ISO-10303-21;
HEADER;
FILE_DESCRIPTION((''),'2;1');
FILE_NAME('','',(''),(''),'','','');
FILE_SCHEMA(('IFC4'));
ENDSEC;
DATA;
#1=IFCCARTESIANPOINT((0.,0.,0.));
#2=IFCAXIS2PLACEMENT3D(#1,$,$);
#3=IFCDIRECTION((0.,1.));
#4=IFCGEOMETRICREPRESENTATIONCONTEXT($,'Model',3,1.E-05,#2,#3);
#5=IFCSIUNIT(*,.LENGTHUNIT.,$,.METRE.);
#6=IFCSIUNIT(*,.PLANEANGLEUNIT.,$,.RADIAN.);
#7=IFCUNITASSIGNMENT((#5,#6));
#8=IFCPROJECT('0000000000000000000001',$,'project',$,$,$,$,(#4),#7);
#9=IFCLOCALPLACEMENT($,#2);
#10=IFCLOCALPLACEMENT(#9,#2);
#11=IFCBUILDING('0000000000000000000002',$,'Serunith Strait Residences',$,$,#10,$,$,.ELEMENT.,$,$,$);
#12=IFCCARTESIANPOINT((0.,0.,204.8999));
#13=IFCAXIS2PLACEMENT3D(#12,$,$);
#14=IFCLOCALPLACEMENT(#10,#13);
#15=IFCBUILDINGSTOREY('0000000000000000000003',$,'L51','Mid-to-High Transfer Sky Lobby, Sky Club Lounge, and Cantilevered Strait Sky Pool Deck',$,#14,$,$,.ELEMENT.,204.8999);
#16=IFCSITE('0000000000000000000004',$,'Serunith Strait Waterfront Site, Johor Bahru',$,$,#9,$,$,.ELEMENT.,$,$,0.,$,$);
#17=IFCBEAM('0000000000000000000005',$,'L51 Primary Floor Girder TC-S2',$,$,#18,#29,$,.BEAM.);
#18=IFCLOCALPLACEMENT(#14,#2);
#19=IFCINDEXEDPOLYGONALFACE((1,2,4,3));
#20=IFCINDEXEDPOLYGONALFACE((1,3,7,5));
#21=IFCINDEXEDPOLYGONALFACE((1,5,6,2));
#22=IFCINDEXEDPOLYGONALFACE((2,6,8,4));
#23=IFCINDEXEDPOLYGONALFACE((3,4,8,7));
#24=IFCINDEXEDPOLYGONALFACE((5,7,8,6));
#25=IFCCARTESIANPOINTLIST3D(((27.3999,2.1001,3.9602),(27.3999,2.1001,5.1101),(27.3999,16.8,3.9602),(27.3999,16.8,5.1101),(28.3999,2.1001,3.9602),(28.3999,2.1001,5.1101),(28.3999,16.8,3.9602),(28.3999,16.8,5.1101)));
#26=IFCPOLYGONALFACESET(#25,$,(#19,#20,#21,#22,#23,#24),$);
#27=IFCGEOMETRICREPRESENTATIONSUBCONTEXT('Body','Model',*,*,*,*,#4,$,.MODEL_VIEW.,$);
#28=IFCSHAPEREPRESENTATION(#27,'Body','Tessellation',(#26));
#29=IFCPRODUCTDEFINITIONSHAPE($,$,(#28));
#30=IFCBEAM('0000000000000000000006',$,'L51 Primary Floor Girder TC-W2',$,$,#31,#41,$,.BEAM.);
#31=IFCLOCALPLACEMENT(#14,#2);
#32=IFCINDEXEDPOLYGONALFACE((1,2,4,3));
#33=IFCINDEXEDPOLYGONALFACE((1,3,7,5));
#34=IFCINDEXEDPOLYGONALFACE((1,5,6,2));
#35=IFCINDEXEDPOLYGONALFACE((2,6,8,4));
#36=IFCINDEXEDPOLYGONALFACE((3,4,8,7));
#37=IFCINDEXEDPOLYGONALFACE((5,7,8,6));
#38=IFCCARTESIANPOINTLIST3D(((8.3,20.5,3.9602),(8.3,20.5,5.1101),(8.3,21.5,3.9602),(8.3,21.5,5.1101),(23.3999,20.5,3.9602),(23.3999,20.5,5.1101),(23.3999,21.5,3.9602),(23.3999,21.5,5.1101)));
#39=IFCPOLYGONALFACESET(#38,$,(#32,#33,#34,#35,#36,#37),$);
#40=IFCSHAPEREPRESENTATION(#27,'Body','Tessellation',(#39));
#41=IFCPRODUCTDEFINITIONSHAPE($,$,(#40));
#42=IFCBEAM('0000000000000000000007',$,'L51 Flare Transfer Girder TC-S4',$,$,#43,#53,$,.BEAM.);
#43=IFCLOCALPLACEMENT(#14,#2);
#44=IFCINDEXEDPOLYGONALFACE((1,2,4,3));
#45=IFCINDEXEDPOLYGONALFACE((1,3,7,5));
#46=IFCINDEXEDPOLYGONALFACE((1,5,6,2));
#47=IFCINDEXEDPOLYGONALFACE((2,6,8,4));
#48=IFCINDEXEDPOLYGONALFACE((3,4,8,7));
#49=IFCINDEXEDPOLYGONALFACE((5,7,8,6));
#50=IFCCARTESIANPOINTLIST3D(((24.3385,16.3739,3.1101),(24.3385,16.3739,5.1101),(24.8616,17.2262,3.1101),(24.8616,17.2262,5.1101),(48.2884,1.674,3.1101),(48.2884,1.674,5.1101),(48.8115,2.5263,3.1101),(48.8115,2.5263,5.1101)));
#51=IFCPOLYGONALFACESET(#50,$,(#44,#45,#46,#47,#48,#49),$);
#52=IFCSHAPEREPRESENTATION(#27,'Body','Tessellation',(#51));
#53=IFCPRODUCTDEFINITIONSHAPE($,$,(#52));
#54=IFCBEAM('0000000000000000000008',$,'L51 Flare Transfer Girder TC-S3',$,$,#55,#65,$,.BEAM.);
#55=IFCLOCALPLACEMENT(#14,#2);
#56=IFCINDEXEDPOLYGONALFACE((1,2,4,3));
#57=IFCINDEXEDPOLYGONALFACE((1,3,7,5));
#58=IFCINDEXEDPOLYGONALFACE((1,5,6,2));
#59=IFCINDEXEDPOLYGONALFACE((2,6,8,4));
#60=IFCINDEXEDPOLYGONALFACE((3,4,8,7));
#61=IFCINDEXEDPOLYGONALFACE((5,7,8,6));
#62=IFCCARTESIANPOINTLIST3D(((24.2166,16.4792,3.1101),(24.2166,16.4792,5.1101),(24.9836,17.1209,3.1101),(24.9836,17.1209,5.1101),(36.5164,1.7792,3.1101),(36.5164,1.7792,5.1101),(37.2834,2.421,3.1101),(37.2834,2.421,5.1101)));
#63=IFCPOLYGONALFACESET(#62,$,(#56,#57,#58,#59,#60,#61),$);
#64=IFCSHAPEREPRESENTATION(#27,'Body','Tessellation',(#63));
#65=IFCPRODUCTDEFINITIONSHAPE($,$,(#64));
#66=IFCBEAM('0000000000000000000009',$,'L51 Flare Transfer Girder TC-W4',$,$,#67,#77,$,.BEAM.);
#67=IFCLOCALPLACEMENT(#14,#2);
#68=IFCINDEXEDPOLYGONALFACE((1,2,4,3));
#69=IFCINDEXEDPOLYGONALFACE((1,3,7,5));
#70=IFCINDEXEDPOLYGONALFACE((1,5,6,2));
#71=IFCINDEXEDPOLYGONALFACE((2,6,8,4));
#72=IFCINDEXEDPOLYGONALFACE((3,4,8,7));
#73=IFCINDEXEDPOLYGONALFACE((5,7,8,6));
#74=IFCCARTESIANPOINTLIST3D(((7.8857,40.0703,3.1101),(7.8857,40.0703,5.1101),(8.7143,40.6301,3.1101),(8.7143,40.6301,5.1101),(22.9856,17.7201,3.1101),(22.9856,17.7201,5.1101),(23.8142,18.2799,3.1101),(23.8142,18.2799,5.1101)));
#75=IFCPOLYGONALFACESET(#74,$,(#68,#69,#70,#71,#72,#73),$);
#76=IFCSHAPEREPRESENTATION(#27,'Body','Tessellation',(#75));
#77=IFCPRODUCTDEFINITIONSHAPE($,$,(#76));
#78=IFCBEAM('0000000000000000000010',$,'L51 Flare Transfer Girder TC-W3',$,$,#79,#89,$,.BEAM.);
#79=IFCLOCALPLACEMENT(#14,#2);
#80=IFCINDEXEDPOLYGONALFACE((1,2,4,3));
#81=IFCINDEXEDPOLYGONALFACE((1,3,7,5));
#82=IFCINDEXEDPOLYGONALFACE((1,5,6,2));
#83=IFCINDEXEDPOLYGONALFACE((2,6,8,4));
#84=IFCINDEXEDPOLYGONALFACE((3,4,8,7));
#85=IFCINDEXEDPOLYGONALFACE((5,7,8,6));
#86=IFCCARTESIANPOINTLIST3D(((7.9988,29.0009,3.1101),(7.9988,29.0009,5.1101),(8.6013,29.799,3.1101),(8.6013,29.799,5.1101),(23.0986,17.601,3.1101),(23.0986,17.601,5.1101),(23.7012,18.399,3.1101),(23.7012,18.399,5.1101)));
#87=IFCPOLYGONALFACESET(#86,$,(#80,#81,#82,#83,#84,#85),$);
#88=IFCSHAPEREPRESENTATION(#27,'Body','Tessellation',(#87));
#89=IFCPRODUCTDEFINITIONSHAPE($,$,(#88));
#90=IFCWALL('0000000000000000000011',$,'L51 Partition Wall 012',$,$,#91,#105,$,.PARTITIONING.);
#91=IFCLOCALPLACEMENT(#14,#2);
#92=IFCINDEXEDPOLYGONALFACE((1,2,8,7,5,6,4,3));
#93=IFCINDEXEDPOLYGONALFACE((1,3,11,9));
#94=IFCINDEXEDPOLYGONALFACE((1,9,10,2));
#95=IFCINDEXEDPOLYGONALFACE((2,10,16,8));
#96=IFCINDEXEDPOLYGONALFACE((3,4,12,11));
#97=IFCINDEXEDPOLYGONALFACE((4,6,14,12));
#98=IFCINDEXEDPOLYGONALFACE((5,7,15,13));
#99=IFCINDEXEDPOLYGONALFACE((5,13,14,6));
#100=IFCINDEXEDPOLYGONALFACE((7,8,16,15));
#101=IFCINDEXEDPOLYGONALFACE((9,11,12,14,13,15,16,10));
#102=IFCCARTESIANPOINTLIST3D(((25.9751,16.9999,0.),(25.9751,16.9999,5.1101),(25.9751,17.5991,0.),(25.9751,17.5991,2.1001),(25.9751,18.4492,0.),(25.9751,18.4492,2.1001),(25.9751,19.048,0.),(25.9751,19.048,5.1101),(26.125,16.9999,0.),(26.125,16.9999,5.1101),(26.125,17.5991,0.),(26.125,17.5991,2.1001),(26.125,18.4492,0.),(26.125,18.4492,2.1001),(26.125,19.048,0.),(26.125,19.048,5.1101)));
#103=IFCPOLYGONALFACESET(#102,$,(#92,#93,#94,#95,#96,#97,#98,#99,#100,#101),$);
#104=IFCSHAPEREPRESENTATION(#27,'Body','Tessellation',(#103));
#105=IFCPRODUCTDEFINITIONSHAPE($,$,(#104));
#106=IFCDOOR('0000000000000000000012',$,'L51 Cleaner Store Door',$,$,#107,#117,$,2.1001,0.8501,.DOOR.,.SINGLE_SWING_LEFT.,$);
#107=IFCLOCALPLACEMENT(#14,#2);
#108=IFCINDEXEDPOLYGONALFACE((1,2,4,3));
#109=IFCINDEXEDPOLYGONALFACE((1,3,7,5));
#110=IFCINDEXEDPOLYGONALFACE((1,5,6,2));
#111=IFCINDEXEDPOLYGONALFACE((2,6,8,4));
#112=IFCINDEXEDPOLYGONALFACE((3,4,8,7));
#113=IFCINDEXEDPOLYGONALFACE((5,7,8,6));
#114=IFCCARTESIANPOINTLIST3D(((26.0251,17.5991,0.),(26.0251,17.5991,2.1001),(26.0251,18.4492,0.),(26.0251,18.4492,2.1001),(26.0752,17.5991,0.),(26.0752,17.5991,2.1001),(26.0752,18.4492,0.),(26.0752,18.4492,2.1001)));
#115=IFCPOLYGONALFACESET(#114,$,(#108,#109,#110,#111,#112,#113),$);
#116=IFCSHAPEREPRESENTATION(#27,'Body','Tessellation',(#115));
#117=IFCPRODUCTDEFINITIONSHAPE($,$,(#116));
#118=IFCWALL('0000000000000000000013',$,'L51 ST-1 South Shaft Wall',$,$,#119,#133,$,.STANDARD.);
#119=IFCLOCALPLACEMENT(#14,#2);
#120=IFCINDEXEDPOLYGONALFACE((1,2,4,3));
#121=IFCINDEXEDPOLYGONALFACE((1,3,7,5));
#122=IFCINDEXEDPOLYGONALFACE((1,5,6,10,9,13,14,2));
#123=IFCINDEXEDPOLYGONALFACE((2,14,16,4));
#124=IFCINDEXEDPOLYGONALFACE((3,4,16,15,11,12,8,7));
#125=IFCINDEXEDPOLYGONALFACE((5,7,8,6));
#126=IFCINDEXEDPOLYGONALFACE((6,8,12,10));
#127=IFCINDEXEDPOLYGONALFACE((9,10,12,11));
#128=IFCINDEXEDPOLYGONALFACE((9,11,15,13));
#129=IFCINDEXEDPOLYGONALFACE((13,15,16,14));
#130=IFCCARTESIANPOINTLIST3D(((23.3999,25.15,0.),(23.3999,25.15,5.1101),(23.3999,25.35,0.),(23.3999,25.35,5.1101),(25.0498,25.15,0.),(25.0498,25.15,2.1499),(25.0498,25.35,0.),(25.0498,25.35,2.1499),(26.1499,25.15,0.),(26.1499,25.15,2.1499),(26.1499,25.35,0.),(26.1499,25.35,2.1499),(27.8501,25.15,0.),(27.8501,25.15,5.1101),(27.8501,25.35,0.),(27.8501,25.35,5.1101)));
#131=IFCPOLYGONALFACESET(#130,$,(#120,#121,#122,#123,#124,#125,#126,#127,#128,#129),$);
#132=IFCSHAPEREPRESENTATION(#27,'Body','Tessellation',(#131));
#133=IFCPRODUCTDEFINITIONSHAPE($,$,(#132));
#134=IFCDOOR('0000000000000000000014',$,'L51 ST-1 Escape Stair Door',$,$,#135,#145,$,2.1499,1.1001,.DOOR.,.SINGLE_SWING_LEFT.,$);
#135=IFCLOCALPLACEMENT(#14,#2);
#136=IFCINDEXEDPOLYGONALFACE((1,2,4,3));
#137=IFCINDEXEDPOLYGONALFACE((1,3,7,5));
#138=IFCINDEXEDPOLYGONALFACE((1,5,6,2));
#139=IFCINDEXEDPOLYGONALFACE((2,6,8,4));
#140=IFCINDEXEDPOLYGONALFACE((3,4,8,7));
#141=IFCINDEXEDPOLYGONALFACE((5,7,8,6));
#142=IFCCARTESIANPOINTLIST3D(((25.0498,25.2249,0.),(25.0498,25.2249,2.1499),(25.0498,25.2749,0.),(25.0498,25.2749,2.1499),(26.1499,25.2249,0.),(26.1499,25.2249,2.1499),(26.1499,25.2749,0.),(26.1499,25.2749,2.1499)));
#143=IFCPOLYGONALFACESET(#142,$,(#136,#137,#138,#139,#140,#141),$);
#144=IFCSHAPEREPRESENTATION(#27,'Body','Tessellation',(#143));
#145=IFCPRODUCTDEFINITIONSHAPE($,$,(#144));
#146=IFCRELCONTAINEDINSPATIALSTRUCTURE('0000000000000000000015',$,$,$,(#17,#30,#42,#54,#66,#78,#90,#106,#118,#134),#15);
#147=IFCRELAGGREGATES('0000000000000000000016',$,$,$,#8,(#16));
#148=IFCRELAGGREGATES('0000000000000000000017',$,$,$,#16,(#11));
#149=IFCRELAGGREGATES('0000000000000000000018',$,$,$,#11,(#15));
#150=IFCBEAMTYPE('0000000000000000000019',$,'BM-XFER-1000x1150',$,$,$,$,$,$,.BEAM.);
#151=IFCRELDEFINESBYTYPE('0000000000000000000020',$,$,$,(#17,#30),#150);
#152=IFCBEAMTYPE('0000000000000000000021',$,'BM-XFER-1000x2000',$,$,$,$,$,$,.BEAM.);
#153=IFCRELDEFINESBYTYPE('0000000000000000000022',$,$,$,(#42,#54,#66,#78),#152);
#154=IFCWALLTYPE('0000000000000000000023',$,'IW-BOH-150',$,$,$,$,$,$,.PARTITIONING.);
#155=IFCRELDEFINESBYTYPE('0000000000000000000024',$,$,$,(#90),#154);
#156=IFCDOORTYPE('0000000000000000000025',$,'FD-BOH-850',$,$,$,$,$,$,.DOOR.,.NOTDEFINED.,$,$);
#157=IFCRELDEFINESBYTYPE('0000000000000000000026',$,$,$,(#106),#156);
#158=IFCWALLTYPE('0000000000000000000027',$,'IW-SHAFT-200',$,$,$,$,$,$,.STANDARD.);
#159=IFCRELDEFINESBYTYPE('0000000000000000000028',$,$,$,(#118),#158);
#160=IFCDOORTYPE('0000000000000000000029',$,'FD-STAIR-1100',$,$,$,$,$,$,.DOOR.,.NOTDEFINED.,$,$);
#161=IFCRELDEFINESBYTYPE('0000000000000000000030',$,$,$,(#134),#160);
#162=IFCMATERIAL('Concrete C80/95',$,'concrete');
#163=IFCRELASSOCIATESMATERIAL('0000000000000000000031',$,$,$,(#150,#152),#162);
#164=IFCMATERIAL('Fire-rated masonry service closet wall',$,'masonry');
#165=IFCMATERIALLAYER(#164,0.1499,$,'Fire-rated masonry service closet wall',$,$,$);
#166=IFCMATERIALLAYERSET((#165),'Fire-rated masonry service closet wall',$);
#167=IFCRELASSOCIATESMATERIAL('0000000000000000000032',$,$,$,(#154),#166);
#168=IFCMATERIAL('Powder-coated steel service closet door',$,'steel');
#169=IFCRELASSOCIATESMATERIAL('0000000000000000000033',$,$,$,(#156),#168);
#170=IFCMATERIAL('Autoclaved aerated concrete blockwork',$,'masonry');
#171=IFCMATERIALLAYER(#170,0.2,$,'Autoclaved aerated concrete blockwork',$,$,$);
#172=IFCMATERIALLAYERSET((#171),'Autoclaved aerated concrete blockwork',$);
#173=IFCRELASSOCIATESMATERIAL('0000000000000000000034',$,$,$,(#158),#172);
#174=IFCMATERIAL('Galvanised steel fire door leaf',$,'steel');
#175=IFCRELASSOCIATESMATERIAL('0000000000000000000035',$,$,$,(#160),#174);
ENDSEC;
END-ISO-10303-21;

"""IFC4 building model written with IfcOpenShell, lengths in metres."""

from ifc_helpers import new_model, si_unit, direction, frame, frame_2d, origin, origin_2d, place, context, subcontext, project, spatial, rectangle, extrude, source, transform, mapped, material, layer, layer_set, material_profile, profile_set, type_object, element, fill, save


model = new_model("IFC4")

# Units and contexts
model_context = context("Model", 3, precision=1e-05, world=origin(), true_north=direction((0.0, 1.0)))
body_context = subcontext(model_context, "Body", "Model", "MODEL_VIEW")
ifc_project = project(units=[si_unit("LENGTHUNIT", "METRE"), si_unit("PLANEANGLEUNIT", "RADIAN")], contexts=[model_context])

# Site, building, storey
site_placement = place(None, origin())
site = spatial("IfcSite", under=ifc_project, at=site_placement, Name="Serunith Strait Waterfront Site, Johor Bahru", CompositionType="ELEMENT", RefElevation=0.0)
building_placement = place(site_placement, origin())
building = spatial("IfcBuilding", under=site, at=building_placement, Name="Serunith Strait Residences", CompositionType="ELEMENT")
storey_placement = place(building_placement, frame((0.0, 0.0, 204.8999)))
storey = spatial("IfcBuildingStorey", under=building, at=storey_placement, Name="L51", Description="Mid-to-High Transfer Sky Lobby, Sky Club Lounge, and Cantilevered Strait Sky Pool Deck", CompositionType="ELEMENT", Elevation=204.8999)

# Beams
ifc_material_1 = material(Name="Concrete C80/95", Category="concrete")
ifc_material_profile_1 = material_profile(ifc_material_1, rectangle(XDim=1.0, YDim=1.1499, at=origin_2d()), Name="RC 1000x1150")
ifc_profile_set_1 = profile_set([ifc_material_profile_1], Name="Concrete C80/95")
beam_type_1 = type_object("IfcBeamType", Name="BM-XFER-1000x1150", PredefinedType="BEAM", material=ifc_profile_set_1)
shared_shape_1 = source(origin(), body_context, "Body", "SweptSolid", [
    extrude(rectangle(XDim=1.0, YDim=1.1499, at=origin_2d()), origin(), (0.0, 0.0, 1.0), 14.7),
])
beam_1_placement = place(storey_placement, frame((27.8999, 16.8, 4.5352), z_axis=(0.0, -1.0, 0.0), x_axis=(1.0, 0.0, 0.0)))
element("IfcBeam", 1, at=beam_1_placement, inside=storey, type_object=beam_type_1, Name="L51 Primary Floor Girder TC-S2", PredefinedType="BEAM", context=body_context, shape_type="MappedRepresentation", body=[
    mapped(shared_shape_1, transform((0.0, 0.0, 0.0), scale=1.0)),
])
shared_shape_2 = source(origin(), body_context, "Body", "SweptSolid", [
    extrude(rectangle(XDim=1.0, YDim=1.1499, at=origin_2d()), origin(), (0.0, 0.0, 1.0), 15.0999),
])
beam_2_placement = place(storey_placement, frame((23.3999, 21.0, 4.5352), z_axis=(-1.0, 0.0, 0.0), x_axis=(0.0, -1.0, 0.0)))
element("IfcBeam", 2, at=beam_2_placement, inside=storey, type_object=beam_type_1, Name="L51 Primary Floor Girder TC-W2", PredefinedType="BEAM", context=body_context, shape_type="MappedRepresentation", body=[
    mapped(shared_shape_2, transform((0.0, 0.0, 0.0), scale=1.0)),
])
ifc_material_profile_2 = material_profile(ifc_material_1, rectangle(XDim=1.0, YDim=2.0, at=origin_2d()), Name="RC 1000x2000")
ifc_profile_set_2 = profile_set([ifc_material_profile_2], Name="Concrete C80/95")
beam_type_2 = type_object("IfcBeamType", Name="BM-XFER-1000x2000", PredefinedType="BEAM", material=ifc_profile_set_2)
shared_shape_3 = source(origin(), body_context, "Body", "SweptSolid", [
    extrude(rectangle(XDim=1.0, YDim=2.0, at=origin_2d()), origin(), (0.0, 0.0, 1.0), 28.1013),
])
beam_3_placement = place(storey_placement, frame((24.6001, 16.8, 4.1101), z_axis=(0.852269, -0.523104, 0.0), x_axis=(0.523104, 0.852269, 0.0)))
element("IfcBeam", 3, at=beam_3_placement, inside=storey, type_object=beam_type_2, Name="L51 Flare Transfer Girder TC-S4", PredefinedType="BEAM", context=body_context, shape_type="MappedRepresentation", body=[
    mapped(shared_shape_3, transform((0.0, 0.0, 0.0), scale=1.0)),
])
shared_shape_4 = source(origin(), body_context, "Body", "SweptSolid", [
    extrude(rectangle(XDim=1.0, YDim=2.0, at=origin_2d()), origin(), (0.0, 0.0, 1.0), 19.167),
])
beam_4_placement = place(storey_placement, frame((24.6001, 16.8, 4.1101), z_axis=(0.641718, -0.766941, 0.0), x_axis=(0.766941, 0.641718, 0.0)))
element("IfcBeam", 4, at=beam_4_placement, inside=storey, type_object=beam_type_2, Name="L51 Flare Transfer Girder TC-S3", PredefinedType="BEAM", context=body_context, shape_type="MappedRepresentation", body=[
    mapped(shared_shape_4, transform((0.0, 0.0, 0.0), scale=1.0)),
])
shared_shape_5 = source(origin(), body_context, "Body", "SweptSolid", [
    extrude(rectangle(XDim=1.0, YDim=2.0, at=origin_2d()), origin(), (0.0, 0.0, 1.0), 26.9729),
])
beam_5_placement = place(storey_placement, frame((23.3999, 18.0, 4.1101), z_axis=(-0.559818, 0.828616, 0.0), x_axis=(-0.828616, -0.559818, 0.0)))
element("IfcBeam", 5, at=beam_5_placement, inside=storey, type_object=beam_type_2, Name="L51 Flare Transfer Girder TC-W4", PredefinedType="BEAM", context=body_context, shape_type="MappedRepresentation", body=[
    mapped(shared_shape_5, transform((0.0, 0.0, 0.0), scale=1.0)),
])
shared_shape_6 = source(origin(), body_context, "Body", "SweptSolid", [
    extrude(rectangle(XDim=1.0, YDim=2.0, at=origin_2d()), origin(), (0.0, 0.0, 1.0), 18.9199),
])
beam_6_placement = place(storey_placement, frame((23.3999, 18.0, 4.1101), z_axis=(-0.798093, 0.602534, 0.0), x_axis=(-0.602534, -0.798093, 0.0)))
element("IfcBeam", 6, at=beam_6_placement, inside=storey, type_object=beam_type_2, Name="L51 Flare Transfer Girder TC-W3", PredefinedType="BEAM", context=body_context, shape_type="MappedRepresentation", body=[
    mapped(shared_shape_6, transform((0.0, 0.0, 0.0), scale=1.0)),
])

# Walls, openings, doors
ifc_material_2 = material(Name="Fire-rated masonry service closet wall", Category="masonry")
ifc_layer_1 = layer(ifc_material_2, 0.1499, Name="Fire-rated masonry service closet wall")
ifc_layer_set_1 = layer_set([ifc_layer_1], Name="Fire-rated masonry service closet wall")
wall_type_1 = type_object("IfcWallType", Name="IW-BOH-150", PredefinedType="PARTITIONING", material=ifc_layer_set_1)
wall_1_placement = place(storey_placement, frame((26.05, 17.0, 0.0), z_axis=(0.0, 0.0, 1.0), x_axis=(0.0, 1.0, 0.0)))
wall_1 = element("IfcWall", 7, at=wall_1_placement, inside=storey, type_object=wall_type_1, Name="L51 Partition Wall 012", PredefinedType="PARTITIONING", context=body_context, shape_type="SweptSolid", body=[
    extrude(rectangle(XDim=2.0481, YDim=0.1499, at=frame_2d((1.0239, 0.0))), origin(), (0.0, 0.0, 1.0), 5.1101),
])
opening_1_placement = place(wall_1_placement, frame((0.5991, 0.0, 0.0)))
opening_1 = element("IfcOpeningElement", 8, at=opening_1_placement, cuts=wall_1, PredefinedType="OPENING", context=body_context, shape_type="SweptSolid", body=[
    extrude(rectangle(XDim=0.8501, YDim=2.1001, at=frame_2d((0.425, 1.05))), frame((0.0, 0.085, 0.0), z_axis=(0.0, -1.0, 0.0), x_axis=(1.0, 0.0, 0.0)), (0.0, 0.0, 1.0), 0.1699),
])
ifc_material_3 = material(Name="Powder-coated steel service closet door", Category="steel")
door_type_1 = type_object("IfcDoorType", Name="FD-BOH-850", OperationType="NOTDEFINED", PredefinedType="DOOR", material=ifc_material_3)
shared_shape_7 = source(origin(), body_context, "Body", "SweptSolid", [
    extrude(rectangle(XDim=0.8501, YDim=2.1001, at=frame_2d((0.425, 1.05))), frame((0.0, 0.0249, 0.0), z_axis=(0.0, -1.0, 0.0), x_axis=(1.0, 0.0, 0.0)), (0.0, 0.0, 1.0), 0.05),
])
door_1_placement = place(opening_1_placement, origin())
door_1 = element("IfcDoor", 9, at=door_1_placement, inside=storey, type_object=door_type_1, Name="L51 Cleaner Store Door", OperationType="SINGLE_SWING_LEFT", OverallHeight=2.1001, OverallWidth=0.8501, PredefinedType="DOOR", context=body_context, shape_type="MappedRepresentation", body=[
    mapped(shared_shape_7, transform((0.0, 0.0, 0.0), scale=1.0)),
])
fill(opening_1, door_1)
ifc_material_4 = material(Name="Autoclaved aerated concrete blockwork", Category="masonry")
ifc_layer_2 = layer(ifc_material_4, 0.2, Name="Autoclaved aerated concrete blockwork")
ifc_layer_set_2 = layer_set([ifc_layer_2], Name="Autoclaved aerated concrete blockwork")
wall_type_2 = type_object("IfcWallType", Name="IW-SHAFT-200", PredefinedType="STANDARD", material=ifc_layer_set_2)
wall_2_placement = place(storey_placement, frame((23.3999, 25.25, 0.0), z_axis=(0.0, 0.0, 1.0), x_axis=(1.0, 0.0, 0.0)))
wall_2 = element("IfcWall", 10, at=wall_2_placement, inside=storey, type_object=wall_type_2, Name="L51 ST-1 South Shaft Wall", PredefinedType="STANDARD", context=body_context, shape_type="SweptSolid", body=[
    extrude(rectangle(XDim=4.4502, YDim=0.2, at=frame_2d((2.2251, 0.0))), origin(), (0.0, 0.0, 1.0), 5.1101),
])
opening_2_placement = place(wall_2_placement, frame((1.6499, 0.0, 0.0)))
opening_2 = element("IfcOpeningElement", 11, at=opening_2_placement, cuts=wall_2, PredefinedType="OPENING", context=body_context, shape_type="SweptSolid", body=[
    extrude(rectangle(XDim=1.1001, YDim=2.1499, at=frame_2d((0.55, 1.075))), frame((0.0, 0.1099, 0.0), z_axis=(0.0, -1.0, 0.0), x_axis=(1.0, 0.0, 0.0)), (0.0, 0.0, 1.0), 0.22),
])
ifc_material_5 = material(Name="Galvanised steel fire door leaf", Category="steel")
door_type_2 = type_object("IfcDoorType", Name="FD-STAIR-1100", OperationType="NOTDEFINED", PredefinedType="DOOR", material=ifc_material_5)
shared_shape_8 = source(origin(), body_context, "Body", "SweptSolid", [
    extrude(rectangle(XDim=1.1001, YDim=2.1499, at=frame_2d((0.55, 1.075))), frame((0.0, 0.0249, 0.0), z_axis=(0.0, -1.0, 0.0), x_axis=(1.0, 0.0, 0.0)), (0.0, 0.0, 1.0), 0.05),
])
door_2_placement = place(opening_2_placement, origin())
door_2 = element("IfcDoor", 12, at=door_2_placement, inside=storey, type_object=door_type_2, Name="L51 ST-1 Escape Stair Door", OperationType="SINGLE_SWING_LEFT", OverallHeight=2.1499, OverallWidth=1.1001, PredefinedType="DOOR", context=body_context, shape_type="MappedRepresentation", body=[
    mapped(shared_shape_8, transform((0.0, 0.0, 0.0), scale=1.0)),
])
fill(opening_2, door_2)

save(model, "model.ifc")
